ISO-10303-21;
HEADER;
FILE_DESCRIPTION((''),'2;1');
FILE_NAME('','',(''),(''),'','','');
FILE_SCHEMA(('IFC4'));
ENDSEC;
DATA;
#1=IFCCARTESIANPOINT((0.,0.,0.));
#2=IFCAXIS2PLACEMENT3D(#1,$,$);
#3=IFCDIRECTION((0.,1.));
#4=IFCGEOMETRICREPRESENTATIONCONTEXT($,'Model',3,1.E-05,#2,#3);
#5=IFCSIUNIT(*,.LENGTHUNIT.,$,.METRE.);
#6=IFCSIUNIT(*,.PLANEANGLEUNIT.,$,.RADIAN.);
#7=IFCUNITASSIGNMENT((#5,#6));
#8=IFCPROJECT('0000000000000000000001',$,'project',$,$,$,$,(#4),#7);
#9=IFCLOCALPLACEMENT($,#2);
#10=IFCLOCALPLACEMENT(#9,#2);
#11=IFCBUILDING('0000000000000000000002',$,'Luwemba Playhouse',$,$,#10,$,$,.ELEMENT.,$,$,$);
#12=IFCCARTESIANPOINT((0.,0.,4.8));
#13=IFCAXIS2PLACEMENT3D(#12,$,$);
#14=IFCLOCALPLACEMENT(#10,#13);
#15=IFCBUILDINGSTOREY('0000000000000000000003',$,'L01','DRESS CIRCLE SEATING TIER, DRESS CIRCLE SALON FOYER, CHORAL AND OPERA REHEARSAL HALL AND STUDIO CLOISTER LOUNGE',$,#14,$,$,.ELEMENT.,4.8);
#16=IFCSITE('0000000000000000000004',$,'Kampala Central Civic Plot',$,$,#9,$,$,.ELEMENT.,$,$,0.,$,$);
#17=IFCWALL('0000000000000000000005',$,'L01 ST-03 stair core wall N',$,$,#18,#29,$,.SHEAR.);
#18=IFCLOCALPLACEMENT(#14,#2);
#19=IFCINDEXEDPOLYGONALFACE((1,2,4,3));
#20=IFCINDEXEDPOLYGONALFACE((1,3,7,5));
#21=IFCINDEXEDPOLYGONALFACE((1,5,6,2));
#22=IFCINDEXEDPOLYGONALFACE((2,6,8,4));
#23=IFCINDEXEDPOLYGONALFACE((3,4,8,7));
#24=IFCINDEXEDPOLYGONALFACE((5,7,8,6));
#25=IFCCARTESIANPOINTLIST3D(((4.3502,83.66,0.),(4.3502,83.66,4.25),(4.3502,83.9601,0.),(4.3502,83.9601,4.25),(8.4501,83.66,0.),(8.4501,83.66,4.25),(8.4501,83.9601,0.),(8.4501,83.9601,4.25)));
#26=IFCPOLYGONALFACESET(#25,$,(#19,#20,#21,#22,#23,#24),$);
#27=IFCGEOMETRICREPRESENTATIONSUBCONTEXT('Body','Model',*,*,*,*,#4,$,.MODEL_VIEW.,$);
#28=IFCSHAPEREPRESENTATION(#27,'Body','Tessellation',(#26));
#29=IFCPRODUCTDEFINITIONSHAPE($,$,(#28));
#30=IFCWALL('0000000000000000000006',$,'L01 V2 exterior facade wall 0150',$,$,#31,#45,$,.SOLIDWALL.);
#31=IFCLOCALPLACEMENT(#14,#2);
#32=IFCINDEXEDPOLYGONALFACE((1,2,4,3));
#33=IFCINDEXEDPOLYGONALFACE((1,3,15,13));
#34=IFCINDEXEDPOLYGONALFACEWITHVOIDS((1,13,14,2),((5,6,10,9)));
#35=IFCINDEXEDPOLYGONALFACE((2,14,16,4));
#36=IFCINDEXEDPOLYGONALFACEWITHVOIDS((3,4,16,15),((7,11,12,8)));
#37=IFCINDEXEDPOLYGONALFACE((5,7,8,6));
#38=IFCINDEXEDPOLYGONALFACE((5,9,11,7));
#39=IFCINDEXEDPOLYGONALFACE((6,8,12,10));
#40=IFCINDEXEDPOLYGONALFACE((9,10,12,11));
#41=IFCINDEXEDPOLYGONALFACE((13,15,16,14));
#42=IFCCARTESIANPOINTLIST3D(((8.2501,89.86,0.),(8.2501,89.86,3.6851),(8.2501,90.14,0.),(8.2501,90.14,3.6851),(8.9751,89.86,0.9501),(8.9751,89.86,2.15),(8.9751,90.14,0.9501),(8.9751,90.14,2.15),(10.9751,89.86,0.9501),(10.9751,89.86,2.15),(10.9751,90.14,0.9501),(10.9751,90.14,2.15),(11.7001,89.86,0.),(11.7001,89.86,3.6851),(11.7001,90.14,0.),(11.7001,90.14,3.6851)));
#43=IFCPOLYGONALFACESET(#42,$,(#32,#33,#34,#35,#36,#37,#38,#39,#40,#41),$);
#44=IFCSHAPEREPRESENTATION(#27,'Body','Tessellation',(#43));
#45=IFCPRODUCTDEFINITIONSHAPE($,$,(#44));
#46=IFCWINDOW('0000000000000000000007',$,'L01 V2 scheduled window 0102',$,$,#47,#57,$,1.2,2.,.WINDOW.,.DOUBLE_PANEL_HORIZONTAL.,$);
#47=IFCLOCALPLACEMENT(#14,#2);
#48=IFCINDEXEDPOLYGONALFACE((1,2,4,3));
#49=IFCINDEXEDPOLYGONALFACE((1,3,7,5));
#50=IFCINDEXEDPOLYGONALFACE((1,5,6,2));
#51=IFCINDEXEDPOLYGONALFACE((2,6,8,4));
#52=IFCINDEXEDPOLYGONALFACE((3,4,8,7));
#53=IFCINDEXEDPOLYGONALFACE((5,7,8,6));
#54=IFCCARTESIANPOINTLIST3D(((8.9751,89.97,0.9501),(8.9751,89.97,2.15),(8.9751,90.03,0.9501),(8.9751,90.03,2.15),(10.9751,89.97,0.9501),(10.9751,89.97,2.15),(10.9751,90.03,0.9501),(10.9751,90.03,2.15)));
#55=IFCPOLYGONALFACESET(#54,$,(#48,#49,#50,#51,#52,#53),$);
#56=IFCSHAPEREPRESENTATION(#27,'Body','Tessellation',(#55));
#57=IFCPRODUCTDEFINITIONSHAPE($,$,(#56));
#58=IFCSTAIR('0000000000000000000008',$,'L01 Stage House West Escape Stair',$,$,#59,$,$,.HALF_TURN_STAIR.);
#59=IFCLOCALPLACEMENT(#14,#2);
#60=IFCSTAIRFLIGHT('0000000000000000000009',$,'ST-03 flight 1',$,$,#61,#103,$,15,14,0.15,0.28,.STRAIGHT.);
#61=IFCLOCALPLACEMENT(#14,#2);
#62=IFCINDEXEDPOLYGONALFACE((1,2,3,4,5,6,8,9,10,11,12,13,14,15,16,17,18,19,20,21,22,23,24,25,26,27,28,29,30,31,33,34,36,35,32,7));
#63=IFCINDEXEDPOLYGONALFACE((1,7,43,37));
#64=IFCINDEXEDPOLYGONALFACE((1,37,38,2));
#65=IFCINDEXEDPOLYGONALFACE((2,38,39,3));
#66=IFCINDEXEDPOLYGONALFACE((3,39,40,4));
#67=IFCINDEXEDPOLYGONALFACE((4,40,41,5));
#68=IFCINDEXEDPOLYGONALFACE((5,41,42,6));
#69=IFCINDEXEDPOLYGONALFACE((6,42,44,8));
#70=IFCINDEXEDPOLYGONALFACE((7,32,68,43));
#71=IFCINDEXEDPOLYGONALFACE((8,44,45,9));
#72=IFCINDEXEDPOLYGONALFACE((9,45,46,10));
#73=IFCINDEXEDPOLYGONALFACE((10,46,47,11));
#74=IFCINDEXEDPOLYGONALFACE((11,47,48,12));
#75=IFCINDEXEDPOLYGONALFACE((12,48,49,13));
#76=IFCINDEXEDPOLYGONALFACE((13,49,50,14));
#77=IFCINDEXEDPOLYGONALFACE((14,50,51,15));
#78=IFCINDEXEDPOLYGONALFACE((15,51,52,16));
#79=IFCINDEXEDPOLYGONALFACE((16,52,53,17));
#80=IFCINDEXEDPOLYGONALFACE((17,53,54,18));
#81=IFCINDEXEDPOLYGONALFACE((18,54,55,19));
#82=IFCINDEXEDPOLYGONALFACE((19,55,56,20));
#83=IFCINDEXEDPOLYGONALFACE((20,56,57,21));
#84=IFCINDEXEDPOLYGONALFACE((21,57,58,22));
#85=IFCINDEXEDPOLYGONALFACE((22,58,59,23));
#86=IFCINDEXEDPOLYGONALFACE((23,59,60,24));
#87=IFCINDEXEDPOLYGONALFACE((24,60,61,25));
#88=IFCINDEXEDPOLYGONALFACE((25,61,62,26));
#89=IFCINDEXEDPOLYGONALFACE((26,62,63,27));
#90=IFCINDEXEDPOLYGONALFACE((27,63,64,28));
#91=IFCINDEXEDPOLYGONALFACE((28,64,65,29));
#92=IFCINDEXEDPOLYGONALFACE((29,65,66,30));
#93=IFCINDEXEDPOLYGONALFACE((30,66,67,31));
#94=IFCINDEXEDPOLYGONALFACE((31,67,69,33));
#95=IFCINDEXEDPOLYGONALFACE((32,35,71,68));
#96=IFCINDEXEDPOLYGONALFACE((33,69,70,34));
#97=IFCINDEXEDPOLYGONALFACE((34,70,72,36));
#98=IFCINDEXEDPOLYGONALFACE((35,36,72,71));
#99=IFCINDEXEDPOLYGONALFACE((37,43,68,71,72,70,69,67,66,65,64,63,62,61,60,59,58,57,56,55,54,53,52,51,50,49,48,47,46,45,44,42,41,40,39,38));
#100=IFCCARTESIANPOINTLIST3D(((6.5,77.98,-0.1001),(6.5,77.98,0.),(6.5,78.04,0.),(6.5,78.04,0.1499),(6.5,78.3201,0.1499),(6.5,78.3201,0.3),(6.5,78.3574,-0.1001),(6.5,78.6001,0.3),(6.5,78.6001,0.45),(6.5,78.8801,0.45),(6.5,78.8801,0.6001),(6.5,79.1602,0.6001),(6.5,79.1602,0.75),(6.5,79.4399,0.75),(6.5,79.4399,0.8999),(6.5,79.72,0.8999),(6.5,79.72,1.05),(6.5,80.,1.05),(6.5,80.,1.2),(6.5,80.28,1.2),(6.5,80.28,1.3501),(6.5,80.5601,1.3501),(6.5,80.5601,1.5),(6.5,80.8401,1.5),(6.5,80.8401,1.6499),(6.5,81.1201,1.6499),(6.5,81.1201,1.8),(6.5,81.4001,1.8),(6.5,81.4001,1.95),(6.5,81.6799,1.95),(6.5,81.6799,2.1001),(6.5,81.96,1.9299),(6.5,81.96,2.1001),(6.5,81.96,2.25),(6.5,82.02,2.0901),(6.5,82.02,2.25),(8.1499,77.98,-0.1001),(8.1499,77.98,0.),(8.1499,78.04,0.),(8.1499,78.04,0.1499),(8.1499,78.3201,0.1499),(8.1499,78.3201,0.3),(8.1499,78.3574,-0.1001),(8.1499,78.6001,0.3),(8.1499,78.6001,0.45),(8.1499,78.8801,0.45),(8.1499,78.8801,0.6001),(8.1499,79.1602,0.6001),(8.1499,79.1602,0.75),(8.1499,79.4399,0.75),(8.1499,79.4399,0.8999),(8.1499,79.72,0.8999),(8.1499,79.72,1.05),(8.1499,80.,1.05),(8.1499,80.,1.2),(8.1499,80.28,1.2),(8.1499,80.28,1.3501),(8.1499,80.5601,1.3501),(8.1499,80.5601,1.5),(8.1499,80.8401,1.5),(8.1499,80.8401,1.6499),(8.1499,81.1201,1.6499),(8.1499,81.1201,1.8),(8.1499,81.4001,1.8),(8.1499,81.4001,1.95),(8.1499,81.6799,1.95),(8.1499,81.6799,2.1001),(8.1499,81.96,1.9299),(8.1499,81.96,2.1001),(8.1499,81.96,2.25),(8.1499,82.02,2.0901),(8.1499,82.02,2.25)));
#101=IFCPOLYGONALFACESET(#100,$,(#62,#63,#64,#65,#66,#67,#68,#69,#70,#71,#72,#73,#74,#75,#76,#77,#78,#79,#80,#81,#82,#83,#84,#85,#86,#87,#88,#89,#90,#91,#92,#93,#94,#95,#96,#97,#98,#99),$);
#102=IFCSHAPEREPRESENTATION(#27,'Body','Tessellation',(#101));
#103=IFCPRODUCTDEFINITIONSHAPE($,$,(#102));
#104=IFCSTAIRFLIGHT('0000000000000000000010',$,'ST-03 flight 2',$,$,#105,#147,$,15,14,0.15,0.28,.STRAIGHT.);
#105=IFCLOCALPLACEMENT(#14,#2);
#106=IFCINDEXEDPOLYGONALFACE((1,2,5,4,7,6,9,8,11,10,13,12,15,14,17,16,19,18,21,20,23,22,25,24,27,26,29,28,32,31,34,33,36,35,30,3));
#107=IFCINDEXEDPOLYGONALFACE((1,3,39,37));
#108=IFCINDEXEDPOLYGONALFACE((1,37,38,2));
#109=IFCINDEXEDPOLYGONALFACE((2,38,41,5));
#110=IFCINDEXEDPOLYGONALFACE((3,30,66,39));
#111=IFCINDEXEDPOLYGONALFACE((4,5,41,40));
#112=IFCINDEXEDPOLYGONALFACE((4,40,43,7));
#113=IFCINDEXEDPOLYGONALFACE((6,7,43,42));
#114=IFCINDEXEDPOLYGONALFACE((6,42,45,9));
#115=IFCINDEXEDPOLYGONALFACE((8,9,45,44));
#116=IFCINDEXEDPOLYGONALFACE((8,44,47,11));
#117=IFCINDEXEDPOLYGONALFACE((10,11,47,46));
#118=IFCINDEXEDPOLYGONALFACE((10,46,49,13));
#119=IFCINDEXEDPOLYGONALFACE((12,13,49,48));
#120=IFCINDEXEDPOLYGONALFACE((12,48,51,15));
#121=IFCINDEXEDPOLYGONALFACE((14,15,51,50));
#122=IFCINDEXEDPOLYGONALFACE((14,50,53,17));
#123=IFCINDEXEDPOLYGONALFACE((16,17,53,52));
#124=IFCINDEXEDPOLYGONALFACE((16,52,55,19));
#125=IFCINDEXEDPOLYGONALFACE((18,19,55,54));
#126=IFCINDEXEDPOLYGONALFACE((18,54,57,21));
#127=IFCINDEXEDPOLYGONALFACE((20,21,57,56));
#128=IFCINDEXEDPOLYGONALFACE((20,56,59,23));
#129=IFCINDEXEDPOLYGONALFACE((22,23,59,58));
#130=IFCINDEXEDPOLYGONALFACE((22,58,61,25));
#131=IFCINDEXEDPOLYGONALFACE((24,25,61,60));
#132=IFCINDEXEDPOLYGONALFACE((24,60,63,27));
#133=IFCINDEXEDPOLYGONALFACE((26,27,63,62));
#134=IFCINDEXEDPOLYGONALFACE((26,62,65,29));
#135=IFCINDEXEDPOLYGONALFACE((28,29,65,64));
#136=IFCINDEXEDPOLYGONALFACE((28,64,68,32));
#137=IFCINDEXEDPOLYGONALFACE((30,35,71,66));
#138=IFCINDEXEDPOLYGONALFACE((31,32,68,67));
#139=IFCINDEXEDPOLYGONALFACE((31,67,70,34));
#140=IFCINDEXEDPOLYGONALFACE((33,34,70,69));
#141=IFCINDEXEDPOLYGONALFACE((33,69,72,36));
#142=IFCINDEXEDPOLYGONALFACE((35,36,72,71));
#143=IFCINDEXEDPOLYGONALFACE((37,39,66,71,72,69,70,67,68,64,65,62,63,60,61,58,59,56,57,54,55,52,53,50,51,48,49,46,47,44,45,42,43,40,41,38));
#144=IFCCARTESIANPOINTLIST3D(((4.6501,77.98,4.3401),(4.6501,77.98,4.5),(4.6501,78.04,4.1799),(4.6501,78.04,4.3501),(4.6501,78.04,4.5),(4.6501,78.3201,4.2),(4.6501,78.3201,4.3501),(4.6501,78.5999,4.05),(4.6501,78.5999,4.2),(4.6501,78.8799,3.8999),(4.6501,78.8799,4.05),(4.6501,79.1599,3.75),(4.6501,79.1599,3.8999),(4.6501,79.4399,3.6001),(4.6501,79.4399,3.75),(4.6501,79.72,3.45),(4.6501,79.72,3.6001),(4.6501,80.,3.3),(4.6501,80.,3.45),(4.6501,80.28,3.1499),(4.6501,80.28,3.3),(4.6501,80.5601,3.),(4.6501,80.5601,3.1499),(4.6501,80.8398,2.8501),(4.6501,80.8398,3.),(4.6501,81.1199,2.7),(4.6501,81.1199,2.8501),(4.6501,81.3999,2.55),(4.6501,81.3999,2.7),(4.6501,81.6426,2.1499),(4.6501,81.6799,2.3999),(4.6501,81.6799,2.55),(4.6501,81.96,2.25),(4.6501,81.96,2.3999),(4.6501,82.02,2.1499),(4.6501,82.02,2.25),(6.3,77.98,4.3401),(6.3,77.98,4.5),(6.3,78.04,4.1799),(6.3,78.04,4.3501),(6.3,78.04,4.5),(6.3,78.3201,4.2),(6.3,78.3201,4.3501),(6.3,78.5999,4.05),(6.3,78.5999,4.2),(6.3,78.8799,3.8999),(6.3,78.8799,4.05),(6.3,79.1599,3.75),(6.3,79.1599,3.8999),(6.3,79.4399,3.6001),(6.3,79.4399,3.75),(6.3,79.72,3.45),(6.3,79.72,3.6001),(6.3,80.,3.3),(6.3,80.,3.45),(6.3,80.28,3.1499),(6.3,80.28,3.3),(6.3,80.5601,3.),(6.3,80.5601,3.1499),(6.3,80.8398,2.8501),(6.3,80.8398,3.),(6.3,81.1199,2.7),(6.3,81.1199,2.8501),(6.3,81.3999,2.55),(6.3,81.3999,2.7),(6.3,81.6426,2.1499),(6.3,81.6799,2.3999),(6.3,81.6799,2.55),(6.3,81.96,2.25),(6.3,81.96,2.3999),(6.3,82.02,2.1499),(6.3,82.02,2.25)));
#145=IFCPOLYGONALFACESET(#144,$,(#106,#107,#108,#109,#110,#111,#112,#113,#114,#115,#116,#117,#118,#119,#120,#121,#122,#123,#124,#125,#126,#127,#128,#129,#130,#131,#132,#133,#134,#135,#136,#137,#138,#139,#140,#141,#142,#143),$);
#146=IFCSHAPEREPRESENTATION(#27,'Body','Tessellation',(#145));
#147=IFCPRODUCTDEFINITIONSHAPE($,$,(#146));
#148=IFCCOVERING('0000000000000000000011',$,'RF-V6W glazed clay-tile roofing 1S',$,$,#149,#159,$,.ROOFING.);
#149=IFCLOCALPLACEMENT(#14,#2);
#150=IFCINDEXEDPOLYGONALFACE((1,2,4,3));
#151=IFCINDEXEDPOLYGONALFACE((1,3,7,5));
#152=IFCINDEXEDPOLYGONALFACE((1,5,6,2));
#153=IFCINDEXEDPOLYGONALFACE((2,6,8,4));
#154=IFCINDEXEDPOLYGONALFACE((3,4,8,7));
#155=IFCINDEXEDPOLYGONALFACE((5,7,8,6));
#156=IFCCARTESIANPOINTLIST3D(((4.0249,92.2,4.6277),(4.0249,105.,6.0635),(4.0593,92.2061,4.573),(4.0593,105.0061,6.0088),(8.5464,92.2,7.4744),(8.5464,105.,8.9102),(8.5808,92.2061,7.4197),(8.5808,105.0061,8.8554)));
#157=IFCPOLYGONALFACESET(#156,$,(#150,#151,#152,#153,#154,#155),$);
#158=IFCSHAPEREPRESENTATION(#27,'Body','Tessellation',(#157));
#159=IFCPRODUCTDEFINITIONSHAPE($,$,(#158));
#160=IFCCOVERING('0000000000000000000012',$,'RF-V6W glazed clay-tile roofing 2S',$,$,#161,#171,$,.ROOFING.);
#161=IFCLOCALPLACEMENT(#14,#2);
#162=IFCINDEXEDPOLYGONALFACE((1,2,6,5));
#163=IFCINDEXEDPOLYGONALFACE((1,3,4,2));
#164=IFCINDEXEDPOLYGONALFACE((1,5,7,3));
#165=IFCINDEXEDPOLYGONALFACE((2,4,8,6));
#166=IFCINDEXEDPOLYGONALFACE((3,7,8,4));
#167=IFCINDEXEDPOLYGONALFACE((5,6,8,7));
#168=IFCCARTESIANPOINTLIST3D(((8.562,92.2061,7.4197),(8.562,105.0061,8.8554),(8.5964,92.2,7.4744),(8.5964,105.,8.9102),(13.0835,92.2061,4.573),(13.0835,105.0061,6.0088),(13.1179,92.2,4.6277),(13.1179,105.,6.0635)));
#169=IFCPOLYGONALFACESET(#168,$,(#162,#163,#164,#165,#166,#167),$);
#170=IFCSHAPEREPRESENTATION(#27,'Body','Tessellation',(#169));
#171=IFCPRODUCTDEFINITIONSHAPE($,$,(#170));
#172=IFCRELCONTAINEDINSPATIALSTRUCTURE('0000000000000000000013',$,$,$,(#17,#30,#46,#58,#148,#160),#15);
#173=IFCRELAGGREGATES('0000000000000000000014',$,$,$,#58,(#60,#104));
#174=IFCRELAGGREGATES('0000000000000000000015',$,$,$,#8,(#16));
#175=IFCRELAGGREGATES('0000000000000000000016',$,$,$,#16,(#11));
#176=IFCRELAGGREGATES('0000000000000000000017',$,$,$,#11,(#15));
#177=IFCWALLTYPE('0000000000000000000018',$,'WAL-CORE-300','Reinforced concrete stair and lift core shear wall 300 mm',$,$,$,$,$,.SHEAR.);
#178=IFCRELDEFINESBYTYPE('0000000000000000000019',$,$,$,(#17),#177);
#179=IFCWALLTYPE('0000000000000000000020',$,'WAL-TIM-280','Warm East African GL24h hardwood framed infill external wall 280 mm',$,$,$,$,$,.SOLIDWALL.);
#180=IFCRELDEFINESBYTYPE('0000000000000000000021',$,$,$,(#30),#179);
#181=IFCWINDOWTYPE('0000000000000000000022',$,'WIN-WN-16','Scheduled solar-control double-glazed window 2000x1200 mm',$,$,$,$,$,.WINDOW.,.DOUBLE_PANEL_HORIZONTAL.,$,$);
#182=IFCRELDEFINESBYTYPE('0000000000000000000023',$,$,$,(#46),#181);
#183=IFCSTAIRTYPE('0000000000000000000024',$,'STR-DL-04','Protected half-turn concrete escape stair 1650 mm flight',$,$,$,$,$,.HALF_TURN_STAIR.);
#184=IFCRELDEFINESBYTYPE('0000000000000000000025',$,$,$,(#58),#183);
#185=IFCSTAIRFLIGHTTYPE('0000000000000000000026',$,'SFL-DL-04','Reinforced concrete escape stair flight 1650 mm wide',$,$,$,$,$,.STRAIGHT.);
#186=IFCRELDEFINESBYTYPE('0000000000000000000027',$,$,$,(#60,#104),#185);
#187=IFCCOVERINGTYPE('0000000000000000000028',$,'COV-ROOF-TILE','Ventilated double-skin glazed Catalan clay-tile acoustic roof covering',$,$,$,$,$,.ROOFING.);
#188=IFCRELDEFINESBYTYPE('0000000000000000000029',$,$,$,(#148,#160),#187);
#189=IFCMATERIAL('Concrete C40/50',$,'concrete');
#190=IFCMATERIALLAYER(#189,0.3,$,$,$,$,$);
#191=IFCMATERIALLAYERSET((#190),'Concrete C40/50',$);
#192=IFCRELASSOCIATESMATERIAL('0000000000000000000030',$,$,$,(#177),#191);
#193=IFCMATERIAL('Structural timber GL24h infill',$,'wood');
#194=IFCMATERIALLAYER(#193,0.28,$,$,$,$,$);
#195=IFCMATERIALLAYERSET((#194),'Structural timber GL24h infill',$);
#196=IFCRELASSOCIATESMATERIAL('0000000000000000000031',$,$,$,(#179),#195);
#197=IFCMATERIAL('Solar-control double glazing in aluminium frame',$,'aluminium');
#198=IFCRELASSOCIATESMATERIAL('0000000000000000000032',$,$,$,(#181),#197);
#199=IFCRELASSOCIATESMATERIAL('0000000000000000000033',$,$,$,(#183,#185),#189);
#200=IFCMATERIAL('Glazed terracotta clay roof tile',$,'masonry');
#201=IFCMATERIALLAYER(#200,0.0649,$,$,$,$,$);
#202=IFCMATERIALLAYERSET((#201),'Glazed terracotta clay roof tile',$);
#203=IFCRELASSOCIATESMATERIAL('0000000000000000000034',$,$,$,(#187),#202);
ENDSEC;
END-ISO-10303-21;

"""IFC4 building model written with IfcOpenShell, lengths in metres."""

from ifc_helpers import new_model, si_unit, direction, frame, frame_2d, origin, place, context, subcontext, project, spatial, polyline, rectangle, outline, extrude, material, layer, layer_set, type_object, element, fill, aggregate, save


model = new_model("IFC4")

# Units and contexts
model_context = context("Model", 3, precision=1e-05, world=origin(), true_north=direction((0.0, 1.0)))
body_context = subcontext(model_context, "Body", "Model", "MODEL_VIEW")
ifc_project = project(units=[si_unit("LENGTHUNIT", "METRE"), si_unit("PLANEANGLEUNIT", "RADIAN")], contexts=[model_context])

# Site, building, storey
site_placement = place(None, origin())
site = spatial("IfcSite", under=ifc_project, at=site_placement, Name="Kampala Central Civic Plot", CompositionType="ELEMENT", RefElevation=0.0)
building_placement = place(site_placement, origin())
building = spatial("IfcBuilding", under=site, at=building_placement, Name="Luwemba Playhouse", CompositionType="ELEMENT")
storey_placement = place(building_placement, frame((0.0, 0.0, 4.8)))
storey = spatial("IfcBuildingStorey", under=building, at=storey_placement, Name="L01", Description="DRESS CIRCLE SEATING TIER, DRESS CIRCLE SALON FOYER, CHORAL AND OPERA REHEARSAL HALL AND STUDIO CLOISTER LOUNGE", CompositionType="ELEMENT", Elevation=4.8)

# Shared definitions
ifc_material_1 = material(Name="Concrete C40/50", Category="concrete")

# Shared definitions
ifc_material_2 = material(Name="Solar-control double glazing in aluminium frame", Category="aluminium")

# Wall
ifc_layer_1 = layer(ifc_material_1, 0.3)
ifc_layer_set_1 = layer_set([ifc_layer_1], Name="Concrete C40/50")
wall_type_1 = type_object("IfcWallType", Name="WAL-CORE-300", Description="Reinforced concrete stair and lift core shear wall 300 mm", PredefinedType="SHEAR", material=ifc_layer_set_1)
wall_1_placement = place(storey_placement, frame((8.45, 83.8101, 0.0), z_axis=(0.0, 0.0, 1.0), x_axis=(-1.0, 0.0, 0.0)))
element("IfcWall", 1, at=wall_1_placement, inside=storey, type_object=wall_type_1, Name="L01 ST-03 stair core wall N", PredefinedType="SHEAR", context=body_context, shape_type="SweptSolid", body=[
    extrude(rectangle(XDim=4.0999, YDim=0.3, at=frame_2d((2.0498, 0.0))), origin(), (0.0, 0.0, 1.0), 4.25),
])

# Wall, opening, window
ifc_material_3 = material(Name="Structural timber GL24h infill", Category="wood")
ifc_layer_2 = layer(ifc_material_3, 0.28)
ifc_layer_set_2 = layer_set([ifc_layer_2], Name="Structural timber GL24h infill")
wall_type_2 = type_object("IfcWallType", Name="WAL-TIM-280", Description="Warm East African GL24h hardwood framed infill external wall 280 mm", PredefinedType="SOLIDWALL", material=ifc_layer_set_2)
wall_2_placement = place(storey_placement, frame((8.25, 90.0, 0.0), z_axis=(0.0, 0.0, 1.0), x_axis=(1.0, 0.0, 0.0)))
wall_2 = element("IfcWall", 2, at=wall_2_placement, inside=storey, type_object=wall_type_2, Name="L01 V2 exterior facade wall 0150", PredefinedType="SOLIDWALL", context=body_context, shape_type="SweptSolid", body=[
    extrude(rectangle(XDim=3.45, YDim=0.28, at=frame_2d((1.7251, 0.0))), origin(), (0.0, 0.0, 1.0), 3.6851),
])
opening_1_placement = place(wall_2_placement, frame((0.7251, 0.0, 0.95)))
opening_1 = element("IfcOpeningElement", 3, at=opening_1_placement, cuts=wall_2, PredefinedType="OPENING", context=body_context, shape_type="SweptSolid", body=[
    extrude(rectangle(XDim=2.0, YDim=1.2, at=frame_2d((1.0, 0.6001))), frame((0.0, 0.1499, 0.0), z_axis=(0.0, -1.0, 0.0), x_axis=(1.0, 0.0, 0.0)), (0.0, 0.0, 1.0), 0.3),
])
window_type_1 = type_object("IfcWindowType", Name="WIN-WN-16", Description="Scheduled solar-control double-glazed window 2000x1200 mm", PartitioningType="DOUBLE_PANEL_HORIZONTAL", PredefinedType="WINDOW", material=ifc_material_2)
window_1_placement = place(opening_1_placement, origin())
window_1 = element("IfcWindow", 4, at=window_1_placement, inside=storey, type_object=window_type_1, Name="L01 V2 scheduled window 0102", OverallHeight=1.2, OverallWidth=2.0, PartitioningType="DOUBLE_PANEL_HORIZONTAL", PredefinedType="WINDOW", context=body_context, shape_type="SweptSolid", body=[
    extrude(rectangle(XDim=2.0, YDim=1.2, at=frame_2d((1.0, 0.6001))), frame((0.0, 0.03, 0.0), z_axis=(0.0, -1.0, 0.0), x_axis=(1.0, 0.0, 0.0)), (0.0, 0.0, 1.0), 0.0601),
])
fill(opening_1, window_1)

# Stair, stair flights
stair_type = type_object("IfcStairType", Name="STR-DL-04", Description="Protected half-turn concrete escape stair 1650 mm flight", PredefinedType="HALF_TURN_STAIR", material=ifc_material_1)
stair_placement = place(storey_placement, origin())
stair = element("IfcStair", 5, at=stair_placement, inside=storey, type_object=stair_type, Name="L01 Stage House West Escape Stair", PredefinedType="HALF_TURN_STAIR")
stair_flight_type = type_object("IfcStairFlightType", Name="SFL-DL-04", Description="Reinforced concrete escape stair flight 1650 mm wide", PredefinedType="STRAIGHT", material=ifc_material_1)
stair_flight_1_placement = place(storey_placement, frame((7.325, 78.04, 0.0), z_axis=(0.0, 0.0, 1.0), x_axis=(0.0, 1.0, 0.0)))
stair_flight_1 = element("IfcStairFlight", 6, at=stair_flight_1_placement, type_object=stair_flight_type, Name="ST-03 flight 1", NumberOfRisers=15, NumberOfTreads=14, PredefinedType="STRAIGHT", RiserHeight=0.15, TreadLength=0.28, context=body_context, shape_type="SweptSolid", body=[
    extrude(outline(polyline([(-0.0601, -0.1001), (-0.0601, 0.0), (0.0, 0.0), (0.0, 0.1499), (0.28, 0.1499), (0.28, 0.3), (0.5601, 0.3), (0.5601, 0.45), (0.8401, 0.45), (0.8401, 0.6001), (1.1201, 0.6001), (1.1201, 0.75), (1.3999, 0.75), (1.3999, 0.8999), (1.6799, 0.8999), (1.6799, 1.05), (1.96, 1.05), (1.96, 1.2), (2.24, 1.2), (2.24, 1.3501), (2.52, 1.3501), (2.52, 1.5), (2.8, 1.5), (2.8, 1.6499), (3.0801, 1.6499), (3.0801, 1.8), (3.3601, 1.8), (3.3601, 1.95), (3.6399, 1.95), (3.6399, 2.1001), (3.9199, 2.1001), (3.9199, 2.25), (3.98, 2.25), (3.98, 2.0901), (3.9199, 1.9299), (0.3174, -0.1001), (-0.0601, -0.1001)])), frame((0.0, 0.825, 0.0), z_axis=(0.0, -1.0, 0.0), x_axis=(1.0, 0.0, 0.0)), (0.0, 0.0, 1.0), 1.6499),
])
stair_flight_2_placement = place(storey_placement, frame((5.4751, 81.96, 2.25), z_axis=(0.0, 0.0, 1.0), x_axis=(0.0, -1.0, 0.0)))
stair_flight_2 = element("IfcStairFlight", 7, at=stair_flight_2_placement, type_object=stair_flight_type, Name="ST-03 flight 2", NumberOfRisers=15, NumberOfTreads=14, PredefinedType="STRAIGHT", RiserHeight=0.15, TreadLength=0.28, context=body_context, shape_type="SweptSolid", body=[
    extrude(outline(polyline([(-0.0601, -0.1001), (-0.0601, 0.0), (0.0, 0.0), (0.0, 0.1499), (0.28, 0.1499), (0.28, 0.3), (0.5601, 0.3), (0.5601, 0.45), (0.8401, 0.45), (0.8401, 0.6001), (1.1201, 0.6001), (1.1201, 0.75), (1.3999, 0.75), (1.3999, 0.8999), (1.6799, 0.8999), (1.6799, 1.05), (1.96, 1.05), (1.96, 1.2), (2.24, 1.2), (2.24, 1.3501), (2.52, 1.3501), (2.52, 1.5), (2.8, 1.5), (2.8, 1.6499), (3.0801, 1.6499), (3.0801, 1.8), (3.3601, 1.8), (3.3601, 1.95), (3.6399, 1.95), (3.6399, 2.1001), (3.9199, 2.1001), (3.9199, 2.25), (3.98, 2.25), (3.98, 2.0901), (3.9199, 1.9299), (0.3174, -0.1001), (-0.0601, -0.1001)])), frame((0.0, 0.825, 0.0), z_axis=(0.0, -1.0, 0.0), x_axis=(1.0, 0.0, 0.0)), (0.0, 0.0, 1.0), 1.6499),
])
aggregate(stair, [stair_flight_1, stair_flight_2])

# Coverings
ifc_material_4 = material(Name="Glazed terracotta clay roof tile", Category="masonry")
ifc_layer_3 = layer(ifc_material_4, 0.0649)
ifc_layer_set_3 = layer_set([ifc_layer_3], Name="Glazed terracotta clay roof tile")
covering_type = type_object("IfcCoveringType", Name="COV-ROOF-TILE", Description="Ventilated double-skin glazed Catalan clay-tile acoustic roof covering", PredefinedType="ROOFING", material=ifc_layer_set_3)
covering_1_placement = place(storey_placement, frame((4.0249, 92.2, 4.6277), z_axis=(-0.530405, -0.094499, 0.842461), x_axis=(0.846248, 0.0, 0.532789)))
element("IfcCovering", 8, at=covering_1_placement, inside=storey, type_object=covering_type, Name="RF-V6W glazed clay-tile roofing 1S", PredefinedType="ROOFING", context=body_context, shape_type="SweptSolid", body=[
    extrude(outline(polyline([(0.0, 0.0), (5.343, 0.0), (6.108, 12.8576), (0.765, 12.8576), (0.0, 0.0)])), origin(), (0.0, 0.0, -1.0), 0.0649),
])
covering_2_placement = place(storey_placement, frame((8.5964, 92.2, 7.4744), z_axis=(0.530405, -0.094499, 0.842461), x_axis=(0.846248, 0.0, -0.532789)))
element("IfcCovering", 9, at=covering_2_placement, inside=storey, type_object=covering_type, Name="RF-V6W glazed clay-tile roofing 2S", PredefinedType="ROOFING", context=body_context, shape_type="SweptSolid", body=[
    extrude(outline(polyline([(0.0, 0.0), (5.343, 0.0), (4.578, 12.8576), (-0.765, 12.8576), (0.0, 0.0)])), origin(), (0.0, 0.0, -1.0), 0.0649),
])

save(model, "model.ifc")
